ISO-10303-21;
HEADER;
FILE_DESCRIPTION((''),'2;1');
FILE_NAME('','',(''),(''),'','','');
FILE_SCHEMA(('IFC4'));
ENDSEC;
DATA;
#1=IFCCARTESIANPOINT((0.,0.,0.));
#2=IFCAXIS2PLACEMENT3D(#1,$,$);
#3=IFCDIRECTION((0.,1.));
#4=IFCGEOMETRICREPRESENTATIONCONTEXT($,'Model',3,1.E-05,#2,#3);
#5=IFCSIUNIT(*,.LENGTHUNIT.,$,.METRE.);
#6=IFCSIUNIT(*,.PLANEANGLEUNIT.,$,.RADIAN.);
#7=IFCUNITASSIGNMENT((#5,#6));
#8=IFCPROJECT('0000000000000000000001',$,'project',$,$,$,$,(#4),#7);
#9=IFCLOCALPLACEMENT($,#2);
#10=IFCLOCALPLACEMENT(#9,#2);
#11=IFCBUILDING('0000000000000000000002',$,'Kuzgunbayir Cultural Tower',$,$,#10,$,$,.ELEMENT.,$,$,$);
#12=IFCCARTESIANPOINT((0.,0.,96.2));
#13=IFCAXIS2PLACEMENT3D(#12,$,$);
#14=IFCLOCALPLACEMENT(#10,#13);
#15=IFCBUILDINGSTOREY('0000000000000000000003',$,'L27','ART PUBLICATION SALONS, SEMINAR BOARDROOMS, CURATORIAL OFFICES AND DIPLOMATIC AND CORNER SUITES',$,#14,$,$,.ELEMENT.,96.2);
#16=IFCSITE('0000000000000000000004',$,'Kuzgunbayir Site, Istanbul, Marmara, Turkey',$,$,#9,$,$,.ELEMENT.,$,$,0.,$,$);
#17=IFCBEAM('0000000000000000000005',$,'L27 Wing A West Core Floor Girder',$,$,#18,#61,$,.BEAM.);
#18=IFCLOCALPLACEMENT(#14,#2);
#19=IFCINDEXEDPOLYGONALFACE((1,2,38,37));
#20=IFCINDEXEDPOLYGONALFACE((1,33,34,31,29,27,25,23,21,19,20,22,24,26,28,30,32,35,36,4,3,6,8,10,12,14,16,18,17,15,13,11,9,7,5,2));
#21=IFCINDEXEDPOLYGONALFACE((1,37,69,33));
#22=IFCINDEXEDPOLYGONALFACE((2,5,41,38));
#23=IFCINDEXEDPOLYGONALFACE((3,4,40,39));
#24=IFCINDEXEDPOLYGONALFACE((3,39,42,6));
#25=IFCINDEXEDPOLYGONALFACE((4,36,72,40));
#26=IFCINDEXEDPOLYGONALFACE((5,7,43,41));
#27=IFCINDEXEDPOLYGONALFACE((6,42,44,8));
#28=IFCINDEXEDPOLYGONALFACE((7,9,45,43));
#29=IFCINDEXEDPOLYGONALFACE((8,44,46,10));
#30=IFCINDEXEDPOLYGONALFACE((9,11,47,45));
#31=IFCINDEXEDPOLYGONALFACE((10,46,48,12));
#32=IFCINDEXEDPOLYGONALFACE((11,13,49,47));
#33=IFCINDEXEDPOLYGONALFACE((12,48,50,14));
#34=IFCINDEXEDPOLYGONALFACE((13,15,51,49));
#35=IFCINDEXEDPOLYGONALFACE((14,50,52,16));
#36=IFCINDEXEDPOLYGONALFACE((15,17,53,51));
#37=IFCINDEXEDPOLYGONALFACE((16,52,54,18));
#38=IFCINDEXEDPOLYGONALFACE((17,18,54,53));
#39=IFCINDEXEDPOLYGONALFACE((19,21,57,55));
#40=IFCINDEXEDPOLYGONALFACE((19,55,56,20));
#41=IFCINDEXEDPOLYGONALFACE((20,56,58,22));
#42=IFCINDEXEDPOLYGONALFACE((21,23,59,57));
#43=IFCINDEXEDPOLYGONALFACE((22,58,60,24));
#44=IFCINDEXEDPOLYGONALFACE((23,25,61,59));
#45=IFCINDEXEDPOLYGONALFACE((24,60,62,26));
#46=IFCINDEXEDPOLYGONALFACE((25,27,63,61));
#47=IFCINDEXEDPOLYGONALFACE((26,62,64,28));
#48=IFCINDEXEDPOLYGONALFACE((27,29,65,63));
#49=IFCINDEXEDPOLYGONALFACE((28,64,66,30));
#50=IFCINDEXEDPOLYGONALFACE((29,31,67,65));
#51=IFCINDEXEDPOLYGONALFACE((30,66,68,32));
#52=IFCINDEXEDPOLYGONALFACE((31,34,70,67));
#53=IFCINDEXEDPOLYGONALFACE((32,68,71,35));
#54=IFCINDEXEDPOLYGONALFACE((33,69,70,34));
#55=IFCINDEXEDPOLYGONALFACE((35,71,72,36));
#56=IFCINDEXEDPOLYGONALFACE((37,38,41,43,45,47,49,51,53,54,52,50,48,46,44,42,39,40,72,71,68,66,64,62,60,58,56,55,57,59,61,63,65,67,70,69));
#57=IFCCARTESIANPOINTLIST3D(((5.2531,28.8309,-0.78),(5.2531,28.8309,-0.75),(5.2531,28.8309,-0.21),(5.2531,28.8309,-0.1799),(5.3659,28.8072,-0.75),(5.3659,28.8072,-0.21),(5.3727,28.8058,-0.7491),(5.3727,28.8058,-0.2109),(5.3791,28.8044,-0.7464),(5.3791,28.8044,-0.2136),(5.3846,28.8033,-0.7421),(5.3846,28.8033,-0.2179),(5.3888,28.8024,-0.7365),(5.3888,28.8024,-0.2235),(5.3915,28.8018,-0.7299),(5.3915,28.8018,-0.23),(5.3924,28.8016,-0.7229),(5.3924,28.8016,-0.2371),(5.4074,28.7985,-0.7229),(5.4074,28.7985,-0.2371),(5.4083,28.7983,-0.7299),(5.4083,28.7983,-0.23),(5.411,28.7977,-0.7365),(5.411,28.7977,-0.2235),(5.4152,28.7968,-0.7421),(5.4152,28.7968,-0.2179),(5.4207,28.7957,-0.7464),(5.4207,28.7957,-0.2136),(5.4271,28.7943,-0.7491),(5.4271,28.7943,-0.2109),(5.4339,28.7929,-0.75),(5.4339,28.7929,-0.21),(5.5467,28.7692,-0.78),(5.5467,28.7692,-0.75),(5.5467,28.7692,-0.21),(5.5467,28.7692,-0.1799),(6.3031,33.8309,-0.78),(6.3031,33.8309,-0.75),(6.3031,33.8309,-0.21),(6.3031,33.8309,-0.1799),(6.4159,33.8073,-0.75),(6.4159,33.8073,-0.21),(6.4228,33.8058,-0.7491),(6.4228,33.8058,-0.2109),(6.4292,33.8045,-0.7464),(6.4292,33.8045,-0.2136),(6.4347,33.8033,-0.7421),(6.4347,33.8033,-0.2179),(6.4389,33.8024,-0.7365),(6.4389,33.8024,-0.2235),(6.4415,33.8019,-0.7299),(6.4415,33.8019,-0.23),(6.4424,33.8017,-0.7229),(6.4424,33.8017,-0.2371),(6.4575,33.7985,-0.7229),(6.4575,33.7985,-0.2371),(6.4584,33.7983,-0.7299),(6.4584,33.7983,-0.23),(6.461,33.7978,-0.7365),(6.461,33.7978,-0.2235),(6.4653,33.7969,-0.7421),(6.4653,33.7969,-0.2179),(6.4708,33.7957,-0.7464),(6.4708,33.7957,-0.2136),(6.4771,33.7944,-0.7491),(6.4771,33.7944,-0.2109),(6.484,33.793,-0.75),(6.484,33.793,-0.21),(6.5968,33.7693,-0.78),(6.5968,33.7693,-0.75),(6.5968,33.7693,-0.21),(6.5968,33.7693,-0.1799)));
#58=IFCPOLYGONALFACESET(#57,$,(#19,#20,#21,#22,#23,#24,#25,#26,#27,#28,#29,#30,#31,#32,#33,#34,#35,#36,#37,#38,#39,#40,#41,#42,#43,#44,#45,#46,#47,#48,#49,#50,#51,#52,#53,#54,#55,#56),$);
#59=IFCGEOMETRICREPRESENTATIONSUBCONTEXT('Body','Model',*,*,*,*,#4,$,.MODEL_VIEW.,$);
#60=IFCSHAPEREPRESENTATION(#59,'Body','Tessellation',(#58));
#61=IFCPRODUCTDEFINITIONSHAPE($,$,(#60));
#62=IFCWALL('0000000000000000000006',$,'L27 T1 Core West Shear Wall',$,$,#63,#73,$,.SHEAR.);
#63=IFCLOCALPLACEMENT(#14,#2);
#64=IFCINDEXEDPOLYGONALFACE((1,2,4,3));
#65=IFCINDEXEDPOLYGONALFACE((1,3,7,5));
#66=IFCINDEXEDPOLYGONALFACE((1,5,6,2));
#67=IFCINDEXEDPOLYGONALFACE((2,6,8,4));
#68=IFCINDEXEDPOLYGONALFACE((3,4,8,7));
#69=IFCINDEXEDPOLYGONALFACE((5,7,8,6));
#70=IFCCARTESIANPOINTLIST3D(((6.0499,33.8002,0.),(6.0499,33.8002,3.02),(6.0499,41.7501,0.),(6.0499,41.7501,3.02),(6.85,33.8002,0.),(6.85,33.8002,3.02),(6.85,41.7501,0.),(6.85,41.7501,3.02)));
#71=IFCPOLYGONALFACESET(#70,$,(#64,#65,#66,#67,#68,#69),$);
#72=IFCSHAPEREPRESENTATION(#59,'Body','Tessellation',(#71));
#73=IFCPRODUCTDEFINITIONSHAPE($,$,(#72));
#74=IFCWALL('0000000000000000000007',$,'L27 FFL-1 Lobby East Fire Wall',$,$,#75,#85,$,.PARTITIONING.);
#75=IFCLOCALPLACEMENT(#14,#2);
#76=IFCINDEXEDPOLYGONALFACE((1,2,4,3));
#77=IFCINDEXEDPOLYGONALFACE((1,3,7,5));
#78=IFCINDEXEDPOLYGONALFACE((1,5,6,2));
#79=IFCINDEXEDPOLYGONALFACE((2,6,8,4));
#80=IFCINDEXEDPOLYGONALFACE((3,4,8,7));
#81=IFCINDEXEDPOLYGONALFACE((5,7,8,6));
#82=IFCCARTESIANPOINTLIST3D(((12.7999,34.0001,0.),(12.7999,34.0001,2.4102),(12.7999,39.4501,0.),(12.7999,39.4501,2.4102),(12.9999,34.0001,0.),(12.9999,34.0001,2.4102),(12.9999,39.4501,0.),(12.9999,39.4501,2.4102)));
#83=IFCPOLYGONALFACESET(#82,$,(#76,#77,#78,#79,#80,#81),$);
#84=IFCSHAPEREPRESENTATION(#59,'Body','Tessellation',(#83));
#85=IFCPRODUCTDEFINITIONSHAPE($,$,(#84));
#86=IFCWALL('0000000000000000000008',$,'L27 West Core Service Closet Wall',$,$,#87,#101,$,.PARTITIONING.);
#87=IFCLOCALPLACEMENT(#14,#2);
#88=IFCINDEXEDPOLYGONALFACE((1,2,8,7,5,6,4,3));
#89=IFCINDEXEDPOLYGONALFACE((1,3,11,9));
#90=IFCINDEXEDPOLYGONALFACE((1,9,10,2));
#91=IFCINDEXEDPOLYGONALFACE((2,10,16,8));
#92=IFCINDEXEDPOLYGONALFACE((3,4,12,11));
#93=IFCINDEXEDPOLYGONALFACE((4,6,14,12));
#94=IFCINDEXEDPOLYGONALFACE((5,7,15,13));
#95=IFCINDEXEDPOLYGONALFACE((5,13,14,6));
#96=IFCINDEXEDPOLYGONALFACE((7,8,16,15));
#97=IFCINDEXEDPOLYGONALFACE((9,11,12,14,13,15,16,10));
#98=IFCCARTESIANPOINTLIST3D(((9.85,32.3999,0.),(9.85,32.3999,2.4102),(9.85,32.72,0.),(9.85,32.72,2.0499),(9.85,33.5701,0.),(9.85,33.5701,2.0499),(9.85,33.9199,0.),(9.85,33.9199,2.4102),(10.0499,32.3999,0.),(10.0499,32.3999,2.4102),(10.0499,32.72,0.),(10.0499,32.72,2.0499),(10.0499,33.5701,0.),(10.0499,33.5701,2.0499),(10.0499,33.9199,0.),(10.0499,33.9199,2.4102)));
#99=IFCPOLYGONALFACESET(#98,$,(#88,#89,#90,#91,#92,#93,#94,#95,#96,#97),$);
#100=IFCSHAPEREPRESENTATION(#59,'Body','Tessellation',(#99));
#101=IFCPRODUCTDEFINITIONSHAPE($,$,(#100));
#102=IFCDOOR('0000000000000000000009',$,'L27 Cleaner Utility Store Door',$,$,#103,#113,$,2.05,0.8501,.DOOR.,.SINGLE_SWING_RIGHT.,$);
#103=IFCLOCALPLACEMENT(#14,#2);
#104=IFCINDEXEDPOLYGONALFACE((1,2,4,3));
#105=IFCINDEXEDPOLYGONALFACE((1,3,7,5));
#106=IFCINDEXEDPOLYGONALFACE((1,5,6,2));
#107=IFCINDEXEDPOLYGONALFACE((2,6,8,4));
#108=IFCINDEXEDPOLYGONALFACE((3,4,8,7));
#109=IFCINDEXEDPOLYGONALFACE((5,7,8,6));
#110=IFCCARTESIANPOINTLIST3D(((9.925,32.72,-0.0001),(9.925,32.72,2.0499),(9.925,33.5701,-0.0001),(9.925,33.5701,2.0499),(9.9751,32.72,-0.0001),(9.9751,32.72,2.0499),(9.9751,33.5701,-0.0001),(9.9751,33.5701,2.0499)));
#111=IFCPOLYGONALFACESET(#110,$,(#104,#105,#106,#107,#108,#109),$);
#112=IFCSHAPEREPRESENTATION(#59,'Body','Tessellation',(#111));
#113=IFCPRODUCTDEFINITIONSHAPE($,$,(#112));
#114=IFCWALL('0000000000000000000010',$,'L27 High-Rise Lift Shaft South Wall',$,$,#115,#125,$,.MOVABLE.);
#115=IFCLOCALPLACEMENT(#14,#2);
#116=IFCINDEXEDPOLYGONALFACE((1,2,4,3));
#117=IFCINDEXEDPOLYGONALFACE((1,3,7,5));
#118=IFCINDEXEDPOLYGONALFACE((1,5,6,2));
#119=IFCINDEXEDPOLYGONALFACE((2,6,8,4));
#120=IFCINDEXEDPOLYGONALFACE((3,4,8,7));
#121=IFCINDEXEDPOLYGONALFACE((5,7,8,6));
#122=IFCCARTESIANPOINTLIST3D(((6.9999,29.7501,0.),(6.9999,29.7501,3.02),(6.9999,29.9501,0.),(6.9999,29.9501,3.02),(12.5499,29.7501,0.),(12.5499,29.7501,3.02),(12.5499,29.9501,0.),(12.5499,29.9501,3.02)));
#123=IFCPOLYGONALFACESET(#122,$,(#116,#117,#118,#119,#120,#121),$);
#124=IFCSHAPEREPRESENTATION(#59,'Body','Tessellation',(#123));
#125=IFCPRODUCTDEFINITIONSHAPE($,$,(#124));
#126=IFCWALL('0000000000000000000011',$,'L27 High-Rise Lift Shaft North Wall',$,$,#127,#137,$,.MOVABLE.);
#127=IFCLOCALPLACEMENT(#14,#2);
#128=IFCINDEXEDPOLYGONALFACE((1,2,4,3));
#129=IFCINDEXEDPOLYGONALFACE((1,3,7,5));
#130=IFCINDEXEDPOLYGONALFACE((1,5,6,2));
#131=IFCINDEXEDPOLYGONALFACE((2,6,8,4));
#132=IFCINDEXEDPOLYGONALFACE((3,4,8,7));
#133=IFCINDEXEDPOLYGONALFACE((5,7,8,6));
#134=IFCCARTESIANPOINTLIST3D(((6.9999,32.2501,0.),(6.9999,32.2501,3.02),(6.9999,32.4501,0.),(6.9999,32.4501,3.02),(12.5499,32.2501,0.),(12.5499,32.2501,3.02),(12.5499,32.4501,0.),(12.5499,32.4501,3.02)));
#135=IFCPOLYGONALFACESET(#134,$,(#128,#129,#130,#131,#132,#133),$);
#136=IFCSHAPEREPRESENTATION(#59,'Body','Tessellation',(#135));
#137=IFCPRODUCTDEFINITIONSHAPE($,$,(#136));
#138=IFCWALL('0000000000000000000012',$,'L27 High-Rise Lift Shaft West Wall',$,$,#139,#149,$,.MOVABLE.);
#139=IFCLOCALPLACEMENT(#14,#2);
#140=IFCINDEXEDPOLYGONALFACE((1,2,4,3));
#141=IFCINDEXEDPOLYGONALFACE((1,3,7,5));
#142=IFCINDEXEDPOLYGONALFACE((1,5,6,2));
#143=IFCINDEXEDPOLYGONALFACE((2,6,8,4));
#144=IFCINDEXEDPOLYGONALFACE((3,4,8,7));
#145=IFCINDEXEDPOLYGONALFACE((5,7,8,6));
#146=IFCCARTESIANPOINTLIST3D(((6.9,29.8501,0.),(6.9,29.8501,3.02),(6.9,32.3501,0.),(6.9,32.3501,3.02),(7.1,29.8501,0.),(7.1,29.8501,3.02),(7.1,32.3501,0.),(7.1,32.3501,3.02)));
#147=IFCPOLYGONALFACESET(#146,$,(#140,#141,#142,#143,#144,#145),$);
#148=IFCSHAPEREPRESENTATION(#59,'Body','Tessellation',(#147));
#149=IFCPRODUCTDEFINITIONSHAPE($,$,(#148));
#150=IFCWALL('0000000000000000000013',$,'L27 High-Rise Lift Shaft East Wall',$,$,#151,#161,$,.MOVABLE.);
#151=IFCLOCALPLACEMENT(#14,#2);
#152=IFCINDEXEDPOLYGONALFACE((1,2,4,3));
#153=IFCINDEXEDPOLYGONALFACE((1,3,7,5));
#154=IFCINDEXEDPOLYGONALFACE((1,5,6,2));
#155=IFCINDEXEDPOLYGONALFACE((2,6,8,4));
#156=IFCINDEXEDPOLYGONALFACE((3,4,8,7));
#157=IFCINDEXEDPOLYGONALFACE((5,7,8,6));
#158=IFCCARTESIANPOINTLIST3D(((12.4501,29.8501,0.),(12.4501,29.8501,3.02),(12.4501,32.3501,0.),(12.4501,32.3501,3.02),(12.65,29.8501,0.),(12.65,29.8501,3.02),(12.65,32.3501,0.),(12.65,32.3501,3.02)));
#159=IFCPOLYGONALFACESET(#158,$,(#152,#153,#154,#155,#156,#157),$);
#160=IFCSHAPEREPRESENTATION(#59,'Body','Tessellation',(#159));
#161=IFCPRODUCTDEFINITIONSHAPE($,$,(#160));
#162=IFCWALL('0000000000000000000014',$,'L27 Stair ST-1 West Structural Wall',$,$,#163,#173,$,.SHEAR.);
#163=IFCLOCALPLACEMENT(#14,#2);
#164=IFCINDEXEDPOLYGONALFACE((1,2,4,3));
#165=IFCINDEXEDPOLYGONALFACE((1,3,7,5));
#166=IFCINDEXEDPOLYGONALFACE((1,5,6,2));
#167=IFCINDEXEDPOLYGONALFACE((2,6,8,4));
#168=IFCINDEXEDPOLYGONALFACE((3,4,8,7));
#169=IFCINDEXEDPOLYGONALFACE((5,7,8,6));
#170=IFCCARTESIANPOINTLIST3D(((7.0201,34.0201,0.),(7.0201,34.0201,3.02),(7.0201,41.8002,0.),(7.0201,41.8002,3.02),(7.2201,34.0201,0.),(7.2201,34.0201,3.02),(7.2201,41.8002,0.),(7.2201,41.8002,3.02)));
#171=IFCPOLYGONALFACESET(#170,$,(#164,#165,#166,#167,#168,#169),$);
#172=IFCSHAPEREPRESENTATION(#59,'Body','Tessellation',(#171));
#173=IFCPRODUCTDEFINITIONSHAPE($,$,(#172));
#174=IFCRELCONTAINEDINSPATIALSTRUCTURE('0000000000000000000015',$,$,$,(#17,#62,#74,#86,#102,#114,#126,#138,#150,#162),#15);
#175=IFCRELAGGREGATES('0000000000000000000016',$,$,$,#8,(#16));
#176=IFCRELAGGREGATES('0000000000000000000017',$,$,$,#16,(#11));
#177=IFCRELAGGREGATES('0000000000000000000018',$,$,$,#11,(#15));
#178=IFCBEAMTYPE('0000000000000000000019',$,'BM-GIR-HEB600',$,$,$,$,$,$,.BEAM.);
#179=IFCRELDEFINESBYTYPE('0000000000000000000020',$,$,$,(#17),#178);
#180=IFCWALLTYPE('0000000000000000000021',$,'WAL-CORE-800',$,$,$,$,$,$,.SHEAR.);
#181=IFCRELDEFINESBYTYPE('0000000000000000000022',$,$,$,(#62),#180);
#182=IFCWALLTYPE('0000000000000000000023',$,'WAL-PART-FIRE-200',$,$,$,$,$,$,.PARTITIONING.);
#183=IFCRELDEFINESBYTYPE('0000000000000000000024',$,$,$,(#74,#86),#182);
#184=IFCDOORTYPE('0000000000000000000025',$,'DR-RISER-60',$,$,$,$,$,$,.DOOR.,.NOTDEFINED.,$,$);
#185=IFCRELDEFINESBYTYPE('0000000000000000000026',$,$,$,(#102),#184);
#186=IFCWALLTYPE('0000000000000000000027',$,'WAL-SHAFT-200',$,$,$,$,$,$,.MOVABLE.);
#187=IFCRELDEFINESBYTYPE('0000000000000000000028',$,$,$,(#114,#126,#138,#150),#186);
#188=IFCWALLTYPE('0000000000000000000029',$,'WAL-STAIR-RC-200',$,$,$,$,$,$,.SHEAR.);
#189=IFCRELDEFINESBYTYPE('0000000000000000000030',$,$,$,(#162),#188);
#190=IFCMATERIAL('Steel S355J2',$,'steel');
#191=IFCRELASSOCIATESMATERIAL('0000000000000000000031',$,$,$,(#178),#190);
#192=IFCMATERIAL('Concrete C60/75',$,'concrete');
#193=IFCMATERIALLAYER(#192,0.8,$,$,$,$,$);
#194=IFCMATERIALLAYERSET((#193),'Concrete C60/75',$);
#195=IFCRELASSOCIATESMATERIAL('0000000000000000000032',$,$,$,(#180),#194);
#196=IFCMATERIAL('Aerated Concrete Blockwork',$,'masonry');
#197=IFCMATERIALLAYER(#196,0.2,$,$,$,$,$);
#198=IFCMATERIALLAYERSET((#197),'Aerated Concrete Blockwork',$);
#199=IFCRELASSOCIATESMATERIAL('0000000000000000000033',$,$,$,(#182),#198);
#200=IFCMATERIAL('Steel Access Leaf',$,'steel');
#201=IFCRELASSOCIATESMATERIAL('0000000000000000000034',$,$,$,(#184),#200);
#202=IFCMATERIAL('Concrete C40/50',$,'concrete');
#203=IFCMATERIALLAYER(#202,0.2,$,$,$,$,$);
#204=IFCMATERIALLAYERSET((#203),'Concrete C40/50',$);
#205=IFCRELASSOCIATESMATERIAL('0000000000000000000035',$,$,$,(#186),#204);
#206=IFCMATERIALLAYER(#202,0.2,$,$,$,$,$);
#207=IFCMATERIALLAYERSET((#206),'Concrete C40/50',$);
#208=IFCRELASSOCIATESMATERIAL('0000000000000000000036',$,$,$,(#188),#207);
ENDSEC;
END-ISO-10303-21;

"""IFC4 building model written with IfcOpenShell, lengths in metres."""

from ifc_helpers import new_model, si_unit, direction, frame, frame_2d, origin, origin_2d, place, context, subcontext, project, spatial, rectangle, i_section, extrude, material, layer, layer_set, material_profile, profile_set, type_object, element, fill, save


model = new_model("IFC4")

# Units and contexts
model_context = context("Model", 3, precision=1e-05, world=origin(), true_north=direction((0.0, 1.0)))
body_context = subcontext(model_context, "Body", "Model", "MODEL_VIEW")
ifc_project = project(units=[si_unit("LENGTHUNIT", "METRE"), si_unit("PLANEANGLEUNIT", "RADIAN")], contexts=[model_context])

# Site, building, storey
site_placement = place(None, origin())
site = spatial("IfcSite", under=ifc_project, at=site_placement, Name="Kuzgunbayir Site, Istanbul, Marmara, Turkey", CompositionType="ELEMENT", RefElevation=0.0)
building_placement = place(site_placement, origin())
building = spatial("IfcBuilding", under=site, at=building_placement, Name="Kuzgunbayir Cultural Tower", CompositionType="ELEMENT")
storey_placement = place(building_placement, frame((0.0, 0.0, 96.2)))
storey = spatial("IfcBuildingStorey", under=building, at=storey_placement, Name="L27", Description="ART PUBLICATION SALONS, SEMINAR BOARDROOMS, CURATORIAL OFFICES AND DIPLOMATIC AND CORNER SUITES", CompositionType="ELEMENT", Elevation=96.2)

# Shared definitions
ifc_material_1 = material(Name="Concrete C60/75", Category="concrete")

# Beam
ifc_material_2 = material(Name="Steel S355J2", Category="steel")
ifc_material_profile_1 = material_profile(ifc_material_2, i_section(OverallWidth=0.3, OverallDepth=0.6001, WebThickness=0.0154, FlangeThickness=0.03, FilletRadius=0.0271, at=origin_2d()), Name="HEB 600")
ifc_profile_set_1 = profile_set([ifc_material_profile_1], Name="Steel S355J2")
beam_type = type_object("IfcBeamType", Name="BM-GIR-HEB600", PredefinedType="BEAM", material=ifc_profile_set_1)
beam_1_placement = place(storey_placement, frame((5.3999, 28.8, -0.48), z_axis=(0.205526, 0.978652, 0.0), x_axis=(-0.978652, 0.205526, 0.0)))
element("IfcBeam", 1, at=beam_1_placement, inside=storey, type_object=beam_type, Name="L27 Wing A West Core Floor Girder", PredefinedType="BEAM", context=body_context, shape_type="SweptSolid", body=[
    extrude(i_section(OverallWidth=0.3, OverallDepth=0.6001, WebThickness=0.0154, FlangeThickness=0.03, FilletRadius=0.0271, at=origin_2d()), origin(), (0.0, 0.0, 1.0), 5.1091),
])

# Walls
ifc_layer_1 = layer(ifc_material_1, 0.8)
ifc_layer_set_1 = layer_set([ifc_layer_1], Name="Concrete C60/75")
wall_type_1 = type_object("IfcWallType", Name="WAL-CORE-800", PredefinedType="SHEAR", material=ifc_layer_set_1)
wall_1_placement = place(storey_placement, frame((6.45, 33.8, 0.0), z_axis=(0.0, 0.0, 1.0), x_axis=(0.0, 1.0, 0.0)))
element("IfcWall", 2, at=wall_1_placement, inside=storey, type_object=wall_type_1, Name="L27 T1 Core West Shear Wall", PredefinedType="SHEAR", context=body_context, shape_type="SweptSolid", body=[
    extrude(rectangle(XDim=7.95, YDim=0.8, at=frame_2d((3.9751, 0.0))), origin(), (0.0, 0.0, 1.0), 3.02),
])
ifc_material_3 = material(Name="Aerated Concrete Blockwork", Category="masonry")
ifc_layer_2 = layer(ifc_material_3, 0.2)
ifc_layer_set_2 = layer_set([ifc_layer_2], Name="Aerated Concrete Blockwork")
wall_type_2 = type_object("IfcWallType", Name="WAL-PART-FIRE-200", PredefinedType="PARTITIONING", material=ifc_layer_set_2)
wall_2_placement = place(storey_placement, frame((12.8999, 34.0, 0.0), z_axis=(0.0, 0.0, 1.0), x_axis=(0.0, 1.0, 0.0)))
element("IfcWall", 3, at=wall_2_placement, inside=storey, type_object=wall_type_2, Name="L27 FFL-1 Lobby East Fire Wall", PredefinedType="PARTITIONING", context=body_context, shape_type="SweptSolid", body=[
    extrude(rectangle(XDim=5.45, YDim=0.2, at=frame_2d((2.7251, 0.0))), origin(), (0.0, 0.0, 1.0), 2.4102),
])

# Wall, opening, door
wall_3_placement = place(storey_placement, frame((9.95, 32.3999, 0.0), z_axis=(0.0, 0.0, 1.0), x_axis=(0.0, 1.0, 0.0)))
wall_3 = element("IfcWall", 4, at=wall_3_placement, inside=storey, type_object=wall_type_2, Name="L27 West Core Service Closet Wall", PredefinedType="PARTITIONING", context=body_context, shape_type="SweptSolid", body=[
    extrude(rectangle(XDim=1.52, YDim=0.2, at=frame_2d((0.76, 0.0))), origin(), (0.0, 0.0, 1.0), 2.4102),
])
opening_1_placement = place(wall_3_placement, frame((0.3201, 0.0, 0.0)))
opening_1 = element("IfcOpeningElement", 5, at=opening_1_placement, cuts=wall_3, PredefinedType="OPENING", context=body_context, shape_type="SweptSolid", body=[
    extrude(rectangle(XDim=0.8501, YDim=2.05, at=frame_2d((0.425, 1.0249))), frame((0.0, 0.1099, 0.0), z_axis=(0.0, -1.0, 0.0), x_axis=(1.0, 0.0, 0.0)), (0.0, 0.0, 1.0), 0.22),
])
ifc_material_4 = material(Name="Steel Access Leaf", Category="steel")
door_type_1 = type_object("IfcDoorType", Name="DR-RISER-60", OperationType="NOTDEFINED", PredefinedType="DOOR", material=ifc_material_4)
door_1_placement = place(opening_1_placement, origin())
door_1 = element("IfcDoor", 6, at=door_1_placement, inside=storey, type_object=door_type_1, Name="L27 Cleaner Utility Store Door", OperationType="SINGLE_SWING_RIGHT", OverallHeight=2.05, OverallWidth=0.8501, PredefinedType="DOOR", context=body_context, shape_type="SweptSolid", body=[
    extrude(rectangle(XDim=0.8501, YDim=2.05, at=frame_2d((0.425, 1.0249))), frame((0.0, 0.0249, 0.0), z_axis=(0.0, -1.0, 0.0), x_axis=(1.0, 0.0, 0.0)), (0.0, 0.0, 1.0), 0.05),
])
fill(opening_1, door_1)

# Walls
ifc_material_5 = material(Name="Concrete C40/50", Category="concrete")
ifc_layer_3 = layer(ifc_material_5, 0.2)
ifc_layer_set_3 = layer_set([ifc_layer_3], Name="Concrete C40/50")
wall_type_3 = type_object("IfcWallType", Name="WAL-SHAFT-200", PredefinedType="MOVABLE", material=ifc_layer_set_3)
for number, where, z_axis, x_axis, name in (
    (7, (7.0, 29.8501, 0.0), (0.0, 0.0, 1.0), (1.0, 0.0, 0.0), "L27 High-Rise Lift Shaft South Wall"),
    (8, (7.0, 32.3501, 0.0), (0.0, 0.0, 1.0), (1.0, 0.0, 0.0), "L27 High-Rise Lift Shaft North Wall"),
):
    element("IfcWall", number, at=place(storey_placement, frame(where, z_axis=z_axis, x_axis=x_axis)), inside=storey, type_object=wall_type_3, Name=name, PredefinedType="MOVABLE", context=body_context, shape_type="SweptSolid", body=[
        extrude(rectangle(XDim=5.55, YDim=0.2, at=frame_2d((2.7749, 0.0))), origin(), (0.0, 0.0, 1.0), 3.02),
    ])
for number, where, z_axis, x_axis, name in (
    (9, (7.0, 29.8501, 0.0), (0.0, 0.0, 1.0), (0.0, 1.0, 0.0), "L27 High-Rise Lift Shaft West Wall"),
    (10, (12.55, 29.8501, 0.0), (0.0, 0.0, 1.0), (0.0, 1.0, 0.0), "L27 High-Rise Lift Shaft East Wall"),
):
    element("IfcWall", number, at=place(storey_placement, frame(where, z_axis=z_axis, x_axis=x_axis)), inside=storey, type_object=wall_type_3, Name=name, PredefinedType="MOVABLE", context=body_context, shape_type="SweptSolid", body=[
        extrude(rectangle(XDim=2.5, YDim=0.2, at=frame_2d((1.25, 0.0))), origin(), (0.0, 0.0, 1.0), 3.02),
    ])
ifc_layer_4 = layer(ifc_material_5, 0.2)
ifc_layer_set_4 = layer_set([ifc_layer_4], Name="Concrete C40/50")
wall_type_4 = type_object("IfcWallType", Name="WAL-STAIR-RC-200", PredefinedType="SHEAR", material=ifc_layer_set_4)
wall_4_placement = place(storey_placement, frame((7.1201, 34.02, 0.0), z_axis=(0.0, 0.0, 1.0), x_axis=(0.0, 1.0, 0.0)))
element("IfcWall", 11, at=wall_4_placement, inside=storey, type_object=wall_type_4, Name="L27 Stair ST-1 West Structural Wall", PredefinedType="SHEAR", context=body_context, shape_type="SweptSolid", body=[
    extrude(rectangle(XDim=7.78, YDim=0.2, at=frame_2d((3.8901, 0.0))), origin(), (0.0, 0.0, 1.0), 3.02),
])

save(model, "model.ifc")
